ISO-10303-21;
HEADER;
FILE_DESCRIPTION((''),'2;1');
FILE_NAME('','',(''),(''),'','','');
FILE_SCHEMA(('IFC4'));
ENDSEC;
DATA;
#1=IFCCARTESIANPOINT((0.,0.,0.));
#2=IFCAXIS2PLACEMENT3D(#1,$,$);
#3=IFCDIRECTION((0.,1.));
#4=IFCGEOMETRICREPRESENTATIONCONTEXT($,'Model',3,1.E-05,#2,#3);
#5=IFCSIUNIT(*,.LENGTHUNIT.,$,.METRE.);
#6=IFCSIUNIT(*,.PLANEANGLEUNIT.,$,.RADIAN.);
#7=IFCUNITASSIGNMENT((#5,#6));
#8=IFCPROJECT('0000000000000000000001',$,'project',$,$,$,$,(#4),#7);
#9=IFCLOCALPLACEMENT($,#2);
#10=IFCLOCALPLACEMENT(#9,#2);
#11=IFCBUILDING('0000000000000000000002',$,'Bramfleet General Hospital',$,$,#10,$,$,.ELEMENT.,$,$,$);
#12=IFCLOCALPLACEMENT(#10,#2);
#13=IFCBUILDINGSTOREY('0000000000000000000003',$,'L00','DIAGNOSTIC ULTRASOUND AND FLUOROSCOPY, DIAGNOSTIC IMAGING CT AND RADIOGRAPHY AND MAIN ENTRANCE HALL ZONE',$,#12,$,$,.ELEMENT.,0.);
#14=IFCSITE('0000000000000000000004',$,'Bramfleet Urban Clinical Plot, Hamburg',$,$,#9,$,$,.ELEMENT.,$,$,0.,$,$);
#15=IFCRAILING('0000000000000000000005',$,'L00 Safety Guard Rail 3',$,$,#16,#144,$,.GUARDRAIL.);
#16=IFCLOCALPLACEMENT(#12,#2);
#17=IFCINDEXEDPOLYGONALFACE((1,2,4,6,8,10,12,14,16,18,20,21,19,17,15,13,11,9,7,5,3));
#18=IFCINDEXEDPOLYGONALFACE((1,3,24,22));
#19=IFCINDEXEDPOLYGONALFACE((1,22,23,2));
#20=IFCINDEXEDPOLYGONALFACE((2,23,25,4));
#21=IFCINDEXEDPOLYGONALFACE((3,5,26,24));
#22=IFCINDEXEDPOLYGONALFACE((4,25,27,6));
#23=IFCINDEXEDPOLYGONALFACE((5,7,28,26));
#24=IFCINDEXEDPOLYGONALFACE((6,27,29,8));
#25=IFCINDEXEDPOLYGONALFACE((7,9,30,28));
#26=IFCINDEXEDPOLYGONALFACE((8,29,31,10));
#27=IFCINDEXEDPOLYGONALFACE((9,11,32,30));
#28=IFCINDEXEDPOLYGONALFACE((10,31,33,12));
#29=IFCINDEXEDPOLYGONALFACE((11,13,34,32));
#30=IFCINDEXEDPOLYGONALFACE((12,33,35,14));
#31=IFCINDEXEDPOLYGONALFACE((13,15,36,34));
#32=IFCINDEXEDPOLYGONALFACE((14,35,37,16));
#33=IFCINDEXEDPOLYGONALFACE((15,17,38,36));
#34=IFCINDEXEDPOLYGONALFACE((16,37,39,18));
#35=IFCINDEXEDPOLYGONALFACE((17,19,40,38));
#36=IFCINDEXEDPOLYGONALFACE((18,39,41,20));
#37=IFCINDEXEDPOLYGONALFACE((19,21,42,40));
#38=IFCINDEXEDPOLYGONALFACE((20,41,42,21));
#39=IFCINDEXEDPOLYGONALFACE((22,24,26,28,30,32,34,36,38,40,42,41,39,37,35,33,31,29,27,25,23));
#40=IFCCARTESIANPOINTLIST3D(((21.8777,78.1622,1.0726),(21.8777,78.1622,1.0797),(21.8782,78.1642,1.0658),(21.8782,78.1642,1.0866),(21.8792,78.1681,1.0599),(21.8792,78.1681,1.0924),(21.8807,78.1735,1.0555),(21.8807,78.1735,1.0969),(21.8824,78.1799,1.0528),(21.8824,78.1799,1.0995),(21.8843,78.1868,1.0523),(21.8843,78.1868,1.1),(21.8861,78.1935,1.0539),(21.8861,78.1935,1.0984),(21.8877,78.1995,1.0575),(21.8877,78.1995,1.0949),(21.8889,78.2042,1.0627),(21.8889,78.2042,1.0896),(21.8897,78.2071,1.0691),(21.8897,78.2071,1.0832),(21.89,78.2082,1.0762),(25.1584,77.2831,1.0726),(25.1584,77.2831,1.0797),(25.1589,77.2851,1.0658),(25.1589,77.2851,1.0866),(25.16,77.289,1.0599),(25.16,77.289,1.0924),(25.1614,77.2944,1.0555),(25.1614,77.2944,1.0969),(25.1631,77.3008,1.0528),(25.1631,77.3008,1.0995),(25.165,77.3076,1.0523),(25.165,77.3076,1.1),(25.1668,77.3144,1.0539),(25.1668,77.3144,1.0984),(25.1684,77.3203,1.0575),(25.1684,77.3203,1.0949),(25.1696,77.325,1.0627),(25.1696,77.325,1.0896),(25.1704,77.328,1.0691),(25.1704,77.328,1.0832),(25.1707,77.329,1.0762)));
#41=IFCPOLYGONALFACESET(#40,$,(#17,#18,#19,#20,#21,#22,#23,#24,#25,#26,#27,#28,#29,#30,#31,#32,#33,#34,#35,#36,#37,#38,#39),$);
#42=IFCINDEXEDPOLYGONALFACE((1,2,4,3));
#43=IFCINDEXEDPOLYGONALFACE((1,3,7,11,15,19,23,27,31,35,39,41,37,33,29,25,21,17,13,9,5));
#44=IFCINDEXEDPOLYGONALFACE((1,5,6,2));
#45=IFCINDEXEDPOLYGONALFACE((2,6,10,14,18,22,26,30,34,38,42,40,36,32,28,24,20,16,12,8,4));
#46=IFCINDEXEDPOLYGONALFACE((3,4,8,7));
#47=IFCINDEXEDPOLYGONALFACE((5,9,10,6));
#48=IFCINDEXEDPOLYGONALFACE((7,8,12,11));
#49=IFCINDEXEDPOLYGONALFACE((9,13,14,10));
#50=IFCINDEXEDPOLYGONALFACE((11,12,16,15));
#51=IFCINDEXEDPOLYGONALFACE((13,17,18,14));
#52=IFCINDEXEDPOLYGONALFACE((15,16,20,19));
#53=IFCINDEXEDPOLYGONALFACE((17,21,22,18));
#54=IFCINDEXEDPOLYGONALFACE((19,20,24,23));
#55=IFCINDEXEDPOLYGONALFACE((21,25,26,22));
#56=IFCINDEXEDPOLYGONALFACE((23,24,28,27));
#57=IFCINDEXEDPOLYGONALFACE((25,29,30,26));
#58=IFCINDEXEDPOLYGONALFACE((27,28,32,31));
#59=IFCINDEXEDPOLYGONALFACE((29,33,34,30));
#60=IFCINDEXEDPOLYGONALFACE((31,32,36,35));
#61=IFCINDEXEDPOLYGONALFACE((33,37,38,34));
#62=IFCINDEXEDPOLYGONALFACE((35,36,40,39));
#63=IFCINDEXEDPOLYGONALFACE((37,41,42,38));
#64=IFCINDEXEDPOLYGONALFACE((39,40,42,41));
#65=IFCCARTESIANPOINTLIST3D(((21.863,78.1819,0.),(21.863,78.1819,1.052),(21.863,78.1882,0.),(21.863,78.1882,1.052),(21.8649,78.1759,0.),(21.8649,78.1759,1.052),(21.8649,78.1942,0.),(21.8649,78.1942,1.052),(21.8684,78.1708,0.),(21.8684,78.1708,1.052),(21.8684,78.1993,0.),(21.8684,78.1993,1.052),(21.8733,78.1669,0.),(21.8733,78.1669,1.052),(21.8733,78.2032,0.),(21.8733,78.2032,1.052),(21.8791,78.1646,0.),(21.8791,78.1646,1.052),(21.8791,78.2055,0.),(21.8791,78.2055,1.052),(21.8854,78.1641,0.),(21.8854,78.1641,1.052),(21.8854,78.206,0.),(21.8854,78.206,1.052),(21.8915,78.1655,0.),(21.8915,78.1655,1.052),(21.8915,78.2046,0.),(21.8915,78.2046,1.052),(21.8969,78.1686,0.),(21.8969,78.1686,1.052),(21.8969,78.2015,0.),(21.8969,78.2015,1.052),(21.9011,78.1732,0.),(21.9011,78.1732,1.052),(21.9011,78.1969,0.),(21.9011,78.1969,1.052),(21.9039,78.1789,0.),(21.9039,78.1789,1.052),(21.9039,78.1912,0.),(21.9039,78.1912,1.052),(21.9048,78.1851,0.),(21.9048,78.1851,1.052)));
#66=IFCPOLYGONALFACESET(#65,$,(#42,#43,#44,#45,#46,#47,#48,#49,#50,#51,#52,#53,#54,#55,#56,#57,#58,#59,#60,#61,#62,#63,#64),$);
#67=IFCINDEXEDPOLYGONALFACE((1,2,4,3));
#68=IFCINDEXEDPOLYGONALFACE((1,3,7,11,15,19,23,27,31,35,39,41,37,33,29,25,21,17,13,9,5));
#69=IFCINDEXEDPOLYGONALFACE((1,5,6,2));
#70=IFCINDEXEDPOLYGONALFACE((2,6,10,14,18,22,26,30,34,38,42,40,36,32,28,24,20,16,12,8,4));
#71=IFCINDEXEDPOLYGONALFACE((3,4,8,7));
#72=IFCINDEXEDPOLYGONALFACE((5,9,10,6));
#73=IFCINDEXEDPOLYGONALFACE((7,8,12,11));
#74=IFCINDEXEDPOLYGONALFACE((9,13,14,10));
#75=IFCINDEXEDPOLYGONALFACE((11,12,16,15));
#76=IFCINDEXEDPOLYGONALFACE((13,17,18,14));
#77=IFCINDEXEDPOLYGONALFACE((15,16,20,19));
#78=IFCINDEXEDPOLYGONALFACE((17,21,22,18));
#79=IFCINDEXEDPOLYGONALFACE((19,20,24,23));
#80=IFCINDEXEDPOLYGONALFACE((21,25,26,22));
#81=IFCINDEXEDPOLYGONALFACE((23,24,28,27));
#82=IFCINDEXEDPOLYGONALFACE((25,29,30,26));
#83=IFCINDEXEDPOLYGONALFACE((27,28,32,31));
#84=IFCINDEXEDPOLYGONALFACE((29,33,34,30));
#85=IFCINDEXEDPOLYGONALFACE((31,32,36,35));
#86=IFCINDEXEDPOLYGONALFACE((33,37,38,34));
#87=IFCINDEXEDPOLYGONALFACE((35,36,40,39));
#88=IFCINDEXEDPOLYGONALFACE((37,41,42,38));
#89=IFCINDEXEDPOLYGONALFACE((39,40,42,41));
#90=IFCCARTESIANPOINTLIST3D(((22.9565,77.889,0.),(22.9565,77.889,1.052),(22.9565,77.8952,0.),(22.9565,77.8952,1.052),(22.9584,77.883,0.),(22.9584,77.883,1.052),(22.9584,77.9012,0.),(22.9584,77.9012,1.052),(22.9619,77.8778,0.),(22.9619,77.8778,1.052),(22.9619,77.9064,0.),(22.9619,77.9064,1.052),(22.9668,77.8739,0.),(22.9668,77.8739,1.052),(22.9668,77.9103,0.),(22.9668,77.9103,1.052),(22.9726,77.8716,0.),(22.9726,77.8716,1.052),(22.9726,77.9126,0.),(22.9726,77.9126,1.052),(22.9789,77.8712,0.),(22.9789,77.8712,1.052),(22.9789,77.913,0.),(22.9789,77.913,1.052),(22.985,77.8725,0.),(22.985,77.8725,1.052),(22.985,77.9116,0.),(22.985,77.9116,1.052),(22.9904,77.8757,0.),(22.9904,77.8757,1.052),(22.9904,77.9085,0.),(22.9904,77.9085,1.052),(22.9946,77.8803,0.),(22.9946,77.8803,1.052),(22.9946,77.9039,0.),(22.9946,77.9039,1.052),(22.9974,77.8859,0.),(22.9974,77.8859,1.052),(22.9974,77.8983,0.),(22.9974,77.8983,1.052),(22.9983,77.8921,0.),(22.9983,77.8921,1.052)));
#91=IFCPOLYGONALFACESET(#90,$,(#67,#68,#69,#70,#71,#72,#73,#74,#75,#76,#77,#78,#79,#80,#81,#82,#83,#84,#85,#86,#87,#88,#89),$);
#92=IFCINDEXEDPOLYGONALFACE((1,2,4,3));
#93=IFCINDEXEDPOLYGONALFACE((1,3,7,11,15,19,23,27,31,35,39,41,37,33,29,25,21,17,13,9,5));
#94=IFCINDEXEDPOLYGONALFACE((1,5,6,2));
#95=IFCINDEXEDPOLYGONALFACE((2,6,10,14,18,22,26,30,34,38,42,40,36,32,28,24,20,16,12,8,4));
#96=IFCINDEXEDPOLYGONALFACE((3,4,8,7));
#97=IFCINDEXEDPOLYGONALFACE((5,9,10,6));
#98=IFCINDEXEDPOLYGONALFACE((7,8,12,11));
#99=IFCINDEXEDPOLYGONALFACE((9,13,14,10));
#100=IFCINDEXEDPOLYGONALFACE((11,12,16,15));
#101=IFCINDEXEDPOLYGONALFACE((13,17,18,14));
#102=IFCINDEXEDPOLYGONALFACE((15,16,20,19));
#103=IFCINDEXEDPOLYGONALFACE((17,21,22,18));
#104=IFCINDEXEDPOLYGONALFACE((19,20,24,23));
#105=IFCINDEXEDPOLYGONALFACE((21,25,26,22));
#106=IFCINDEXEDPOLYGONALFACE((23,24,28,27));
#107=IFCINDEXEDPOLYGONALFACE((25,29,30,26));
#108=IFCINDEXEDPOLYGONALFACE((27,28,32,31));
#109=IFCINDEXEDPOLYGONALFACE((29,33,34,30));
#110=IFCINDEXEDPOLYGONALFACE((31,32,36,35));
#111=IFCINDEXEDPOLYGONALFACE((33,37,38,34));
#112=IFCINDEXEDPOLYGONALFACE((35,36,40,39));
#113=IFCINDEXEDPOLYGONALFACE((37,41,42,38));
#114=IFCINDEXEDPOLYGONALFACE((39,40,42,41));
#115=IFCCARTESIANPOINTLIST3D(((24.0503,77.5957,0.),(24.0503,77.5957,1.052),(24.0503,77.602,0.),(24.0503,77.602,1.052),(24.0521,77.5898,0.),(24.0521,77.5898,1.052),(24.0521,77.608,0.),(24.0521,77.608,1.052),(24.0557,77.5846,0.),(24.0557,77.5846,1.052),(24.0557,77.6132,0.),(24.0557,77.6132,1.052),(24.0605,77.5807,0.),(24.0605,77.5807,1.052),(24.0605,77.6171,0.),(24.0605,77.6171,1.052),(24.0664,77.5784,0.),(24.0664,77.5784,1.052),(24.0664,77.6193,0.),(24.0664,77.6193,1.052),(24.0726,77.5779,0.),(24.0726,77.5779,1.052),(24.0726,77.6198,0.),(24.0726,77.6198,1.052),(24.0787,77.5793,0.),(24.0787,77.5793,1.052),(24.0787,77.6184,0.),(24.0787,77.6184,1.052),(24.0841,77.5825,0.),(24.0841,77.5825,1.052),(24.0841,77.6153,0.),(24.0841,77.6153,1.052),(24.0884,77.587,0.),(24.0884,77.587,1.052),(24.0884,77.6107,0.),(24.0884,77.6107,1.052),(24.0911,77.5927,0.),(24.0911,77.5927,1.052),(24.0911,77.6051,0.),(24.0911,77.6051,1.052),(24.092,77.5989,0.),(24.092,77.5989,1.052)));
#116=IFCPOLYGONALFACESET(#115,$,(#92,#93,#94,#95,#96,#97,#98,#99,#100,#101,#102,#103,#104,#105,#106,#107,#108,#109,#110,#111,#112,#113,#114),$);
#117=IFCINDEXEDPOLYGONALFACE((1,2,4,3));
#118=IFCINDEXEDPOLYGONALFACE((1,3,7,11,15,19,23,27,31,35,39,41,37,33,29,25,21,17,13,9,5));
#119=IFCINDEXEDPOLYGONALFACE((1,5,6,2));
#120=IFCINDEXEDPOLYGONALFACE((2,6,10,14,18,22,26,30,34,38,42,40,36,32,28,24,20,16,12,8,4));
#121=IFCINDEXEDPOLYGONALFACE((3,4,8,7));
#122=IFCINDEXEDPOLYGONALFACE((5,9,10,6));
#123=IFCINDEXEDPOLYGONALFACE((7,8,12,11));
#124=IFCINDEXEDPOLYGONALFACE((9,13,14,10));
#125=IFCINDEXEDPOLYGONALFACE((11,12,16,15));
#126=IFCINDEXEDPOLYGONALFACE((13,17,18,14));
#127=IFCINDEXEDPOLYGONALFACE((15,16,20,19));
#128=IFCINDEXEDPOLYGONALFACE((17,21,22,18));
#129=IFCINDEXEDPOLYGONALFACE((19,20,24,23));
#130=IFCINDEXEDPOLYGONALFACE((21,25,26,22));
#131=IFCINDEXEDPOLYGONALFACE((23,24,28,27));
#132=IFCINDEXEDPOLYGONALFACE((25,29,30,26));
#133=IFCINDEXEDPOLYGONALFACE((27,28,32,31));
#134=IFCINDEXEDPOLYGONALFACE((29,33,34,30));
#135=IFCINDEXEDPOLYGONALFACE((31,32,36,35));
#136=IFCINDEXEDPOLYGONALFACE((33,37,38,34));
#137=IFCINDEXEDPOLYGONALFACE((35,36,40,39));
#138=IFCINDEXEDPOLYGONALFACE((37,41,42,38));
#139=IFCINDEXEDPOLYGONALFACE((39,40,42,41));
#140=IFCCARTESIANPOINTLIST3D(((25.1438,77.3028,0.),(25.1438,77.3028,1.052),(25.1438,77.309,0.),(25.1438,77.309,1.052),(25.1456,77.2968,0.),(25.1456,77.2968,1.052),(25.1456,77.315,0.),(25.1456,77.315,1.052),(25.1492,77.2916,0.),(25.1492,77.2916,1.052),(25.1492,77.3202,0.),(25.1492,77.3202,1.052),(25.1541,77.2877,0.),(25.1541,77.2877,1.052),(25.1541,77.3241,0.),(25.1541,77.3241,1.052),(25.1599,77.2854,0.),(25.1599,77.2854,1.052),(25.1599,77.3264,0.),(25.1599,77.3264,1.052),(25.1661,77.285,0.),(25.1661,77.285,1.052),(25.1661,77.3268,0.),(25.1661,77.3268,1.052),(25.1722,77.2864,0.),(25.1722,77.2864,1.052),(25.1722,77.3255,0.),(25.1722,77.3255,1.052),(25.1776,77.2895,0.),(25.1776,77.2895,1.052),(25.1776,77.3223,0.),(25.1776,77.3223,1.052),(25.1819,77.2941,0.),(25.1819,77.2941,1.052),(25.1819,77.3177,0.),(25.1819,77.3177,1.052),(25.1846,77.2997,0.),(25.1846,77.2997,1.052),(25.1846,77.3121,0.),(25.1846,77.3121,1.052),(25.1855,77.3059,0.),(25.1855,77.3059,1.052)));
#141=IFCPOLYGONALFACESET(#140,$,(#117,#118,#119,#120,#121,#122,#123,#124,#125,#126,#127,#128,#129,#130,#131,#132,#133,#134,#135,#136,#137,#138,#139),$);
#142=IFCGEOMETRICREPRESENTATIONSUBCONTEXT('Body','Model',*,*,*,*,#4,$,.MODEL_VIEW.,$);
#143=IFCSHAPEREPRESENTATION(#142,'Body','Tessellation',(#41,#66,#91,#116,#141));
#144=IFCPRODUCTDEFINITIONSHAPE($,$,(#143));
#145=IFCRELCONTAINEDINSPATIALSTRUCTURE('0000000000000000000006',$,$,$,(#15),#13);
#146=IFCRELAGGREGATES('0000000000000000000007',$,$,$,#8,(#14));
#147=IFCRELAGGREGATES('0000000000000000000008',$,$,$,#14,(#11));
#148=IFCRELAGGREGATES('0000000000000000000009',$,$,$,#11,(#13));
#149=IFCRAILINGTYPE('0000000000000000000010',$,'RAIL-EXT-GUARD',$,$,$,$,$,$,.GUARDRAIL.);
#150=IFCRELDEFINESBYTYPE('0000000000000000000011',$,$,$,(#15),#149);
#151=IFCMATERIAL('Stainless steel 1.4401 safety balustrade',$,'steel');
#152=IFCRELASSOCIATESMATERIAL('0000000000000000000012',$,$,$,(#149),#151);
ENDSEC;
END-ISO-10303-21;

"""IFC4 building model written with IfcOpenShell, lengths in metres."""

from ifc_helpers import new_model, si_unit, direction, frame, origin, origin_2d, place, context, subcontext, project, spatial, circle, extrude, material, type_object, element, save


model = new_model("IFC4")

# Units and contexts
model_context = context("Model", 3, precision=1e-05, world=origin(), true_north=direction((0.0, 1.0)))
body_context = subcontext(model_context, "Body", "Model", "MODEL_VIEW")
ifc_project = project(units=[si_unit("LENGTHUNIT", "METRE"), si_unit("PLANEANGLEUNIT", "RADIAN")], contexts=[model_context])

# Site, building, storey
site_placement = place(None, origin())
site = spatial("IfcSite", under=ifc_project, at=site_placement, Name="Bramfleet Urban Clinical Plot, Hamburg", CompositionType="ELEMENT", RefElevation=0.0)
building_placement = place(site_placement, origin())
building = spatial("IfcBuilding", under=site, at=building_placement, Name="Bramfleet General Hospital", CompositionType="ELEMENT")
storey_placement = place(building_placement, origin())
storey = spatial("IfcBuildingStorey", under=building, at=storey_placement, Name="L00", Description="DIAGNOSTIC ULTRASOUND AND FLUOROSCOPY, DIAGNOSTIC IMAGING CT AND RADIOGRAPHY AND MAIN ENTRANCE HALL ZONE", CompositionType="ELEMENT", Elevation=0.0)

# Railing
ifc_material_1 = material(Name="Stainless steel 1.4401 safety balustrade", Category="steel")
railing_type = type_object("IfcRailingType", Name="RAIL-EXT-GUARD", PredefinedType="GUARDRAIL", material=ifc_material_1)
railing_placement = place(storey_placement, frame((21.8838, 78.1851, 0.0)))
element("IfcRailing", 1, at=railing_placement, inside=storey, type_object=railing_type, Name="L00 Safety Guard Rail 3", PredefinedType="GUARDRAIL", context=body_context, shape_type="SweptSolid", body=[
    extrude(circle(Radius=0.0239, at=origin_2d()), frame((0.0, 0.0, 1.0762), z_axis=(0.96592, -0.258839, 0.0), x_axis=(0.258839, 0.96592, 0.0)), (0.0, 0.0, 1.0), 3.3965),
    extrude(circle(Radius=0.021, at=origin_2d()), origin(), (0.0, 0.0, 1.0), 1.052),
    extrude(circle(Radius=0.021, at=origin_2d()), frame((1.0935, -0.293, 0.0)), (0.0, 0.0, 1.0), 1.052),
    extrude(circle(Radius=0.021, at=origin_2d()), frame((2.1873, -0.5862, 0.0)), (0.0, 0.0, 1.0), 1.052),
    extrude(circle(Radius=0.021, at=origin_2d()), frame((3.2808, -0.8792, 0.0)), (0.0, 0.0, 1.0), 1.052),
])

save(model, "model.ifc")
